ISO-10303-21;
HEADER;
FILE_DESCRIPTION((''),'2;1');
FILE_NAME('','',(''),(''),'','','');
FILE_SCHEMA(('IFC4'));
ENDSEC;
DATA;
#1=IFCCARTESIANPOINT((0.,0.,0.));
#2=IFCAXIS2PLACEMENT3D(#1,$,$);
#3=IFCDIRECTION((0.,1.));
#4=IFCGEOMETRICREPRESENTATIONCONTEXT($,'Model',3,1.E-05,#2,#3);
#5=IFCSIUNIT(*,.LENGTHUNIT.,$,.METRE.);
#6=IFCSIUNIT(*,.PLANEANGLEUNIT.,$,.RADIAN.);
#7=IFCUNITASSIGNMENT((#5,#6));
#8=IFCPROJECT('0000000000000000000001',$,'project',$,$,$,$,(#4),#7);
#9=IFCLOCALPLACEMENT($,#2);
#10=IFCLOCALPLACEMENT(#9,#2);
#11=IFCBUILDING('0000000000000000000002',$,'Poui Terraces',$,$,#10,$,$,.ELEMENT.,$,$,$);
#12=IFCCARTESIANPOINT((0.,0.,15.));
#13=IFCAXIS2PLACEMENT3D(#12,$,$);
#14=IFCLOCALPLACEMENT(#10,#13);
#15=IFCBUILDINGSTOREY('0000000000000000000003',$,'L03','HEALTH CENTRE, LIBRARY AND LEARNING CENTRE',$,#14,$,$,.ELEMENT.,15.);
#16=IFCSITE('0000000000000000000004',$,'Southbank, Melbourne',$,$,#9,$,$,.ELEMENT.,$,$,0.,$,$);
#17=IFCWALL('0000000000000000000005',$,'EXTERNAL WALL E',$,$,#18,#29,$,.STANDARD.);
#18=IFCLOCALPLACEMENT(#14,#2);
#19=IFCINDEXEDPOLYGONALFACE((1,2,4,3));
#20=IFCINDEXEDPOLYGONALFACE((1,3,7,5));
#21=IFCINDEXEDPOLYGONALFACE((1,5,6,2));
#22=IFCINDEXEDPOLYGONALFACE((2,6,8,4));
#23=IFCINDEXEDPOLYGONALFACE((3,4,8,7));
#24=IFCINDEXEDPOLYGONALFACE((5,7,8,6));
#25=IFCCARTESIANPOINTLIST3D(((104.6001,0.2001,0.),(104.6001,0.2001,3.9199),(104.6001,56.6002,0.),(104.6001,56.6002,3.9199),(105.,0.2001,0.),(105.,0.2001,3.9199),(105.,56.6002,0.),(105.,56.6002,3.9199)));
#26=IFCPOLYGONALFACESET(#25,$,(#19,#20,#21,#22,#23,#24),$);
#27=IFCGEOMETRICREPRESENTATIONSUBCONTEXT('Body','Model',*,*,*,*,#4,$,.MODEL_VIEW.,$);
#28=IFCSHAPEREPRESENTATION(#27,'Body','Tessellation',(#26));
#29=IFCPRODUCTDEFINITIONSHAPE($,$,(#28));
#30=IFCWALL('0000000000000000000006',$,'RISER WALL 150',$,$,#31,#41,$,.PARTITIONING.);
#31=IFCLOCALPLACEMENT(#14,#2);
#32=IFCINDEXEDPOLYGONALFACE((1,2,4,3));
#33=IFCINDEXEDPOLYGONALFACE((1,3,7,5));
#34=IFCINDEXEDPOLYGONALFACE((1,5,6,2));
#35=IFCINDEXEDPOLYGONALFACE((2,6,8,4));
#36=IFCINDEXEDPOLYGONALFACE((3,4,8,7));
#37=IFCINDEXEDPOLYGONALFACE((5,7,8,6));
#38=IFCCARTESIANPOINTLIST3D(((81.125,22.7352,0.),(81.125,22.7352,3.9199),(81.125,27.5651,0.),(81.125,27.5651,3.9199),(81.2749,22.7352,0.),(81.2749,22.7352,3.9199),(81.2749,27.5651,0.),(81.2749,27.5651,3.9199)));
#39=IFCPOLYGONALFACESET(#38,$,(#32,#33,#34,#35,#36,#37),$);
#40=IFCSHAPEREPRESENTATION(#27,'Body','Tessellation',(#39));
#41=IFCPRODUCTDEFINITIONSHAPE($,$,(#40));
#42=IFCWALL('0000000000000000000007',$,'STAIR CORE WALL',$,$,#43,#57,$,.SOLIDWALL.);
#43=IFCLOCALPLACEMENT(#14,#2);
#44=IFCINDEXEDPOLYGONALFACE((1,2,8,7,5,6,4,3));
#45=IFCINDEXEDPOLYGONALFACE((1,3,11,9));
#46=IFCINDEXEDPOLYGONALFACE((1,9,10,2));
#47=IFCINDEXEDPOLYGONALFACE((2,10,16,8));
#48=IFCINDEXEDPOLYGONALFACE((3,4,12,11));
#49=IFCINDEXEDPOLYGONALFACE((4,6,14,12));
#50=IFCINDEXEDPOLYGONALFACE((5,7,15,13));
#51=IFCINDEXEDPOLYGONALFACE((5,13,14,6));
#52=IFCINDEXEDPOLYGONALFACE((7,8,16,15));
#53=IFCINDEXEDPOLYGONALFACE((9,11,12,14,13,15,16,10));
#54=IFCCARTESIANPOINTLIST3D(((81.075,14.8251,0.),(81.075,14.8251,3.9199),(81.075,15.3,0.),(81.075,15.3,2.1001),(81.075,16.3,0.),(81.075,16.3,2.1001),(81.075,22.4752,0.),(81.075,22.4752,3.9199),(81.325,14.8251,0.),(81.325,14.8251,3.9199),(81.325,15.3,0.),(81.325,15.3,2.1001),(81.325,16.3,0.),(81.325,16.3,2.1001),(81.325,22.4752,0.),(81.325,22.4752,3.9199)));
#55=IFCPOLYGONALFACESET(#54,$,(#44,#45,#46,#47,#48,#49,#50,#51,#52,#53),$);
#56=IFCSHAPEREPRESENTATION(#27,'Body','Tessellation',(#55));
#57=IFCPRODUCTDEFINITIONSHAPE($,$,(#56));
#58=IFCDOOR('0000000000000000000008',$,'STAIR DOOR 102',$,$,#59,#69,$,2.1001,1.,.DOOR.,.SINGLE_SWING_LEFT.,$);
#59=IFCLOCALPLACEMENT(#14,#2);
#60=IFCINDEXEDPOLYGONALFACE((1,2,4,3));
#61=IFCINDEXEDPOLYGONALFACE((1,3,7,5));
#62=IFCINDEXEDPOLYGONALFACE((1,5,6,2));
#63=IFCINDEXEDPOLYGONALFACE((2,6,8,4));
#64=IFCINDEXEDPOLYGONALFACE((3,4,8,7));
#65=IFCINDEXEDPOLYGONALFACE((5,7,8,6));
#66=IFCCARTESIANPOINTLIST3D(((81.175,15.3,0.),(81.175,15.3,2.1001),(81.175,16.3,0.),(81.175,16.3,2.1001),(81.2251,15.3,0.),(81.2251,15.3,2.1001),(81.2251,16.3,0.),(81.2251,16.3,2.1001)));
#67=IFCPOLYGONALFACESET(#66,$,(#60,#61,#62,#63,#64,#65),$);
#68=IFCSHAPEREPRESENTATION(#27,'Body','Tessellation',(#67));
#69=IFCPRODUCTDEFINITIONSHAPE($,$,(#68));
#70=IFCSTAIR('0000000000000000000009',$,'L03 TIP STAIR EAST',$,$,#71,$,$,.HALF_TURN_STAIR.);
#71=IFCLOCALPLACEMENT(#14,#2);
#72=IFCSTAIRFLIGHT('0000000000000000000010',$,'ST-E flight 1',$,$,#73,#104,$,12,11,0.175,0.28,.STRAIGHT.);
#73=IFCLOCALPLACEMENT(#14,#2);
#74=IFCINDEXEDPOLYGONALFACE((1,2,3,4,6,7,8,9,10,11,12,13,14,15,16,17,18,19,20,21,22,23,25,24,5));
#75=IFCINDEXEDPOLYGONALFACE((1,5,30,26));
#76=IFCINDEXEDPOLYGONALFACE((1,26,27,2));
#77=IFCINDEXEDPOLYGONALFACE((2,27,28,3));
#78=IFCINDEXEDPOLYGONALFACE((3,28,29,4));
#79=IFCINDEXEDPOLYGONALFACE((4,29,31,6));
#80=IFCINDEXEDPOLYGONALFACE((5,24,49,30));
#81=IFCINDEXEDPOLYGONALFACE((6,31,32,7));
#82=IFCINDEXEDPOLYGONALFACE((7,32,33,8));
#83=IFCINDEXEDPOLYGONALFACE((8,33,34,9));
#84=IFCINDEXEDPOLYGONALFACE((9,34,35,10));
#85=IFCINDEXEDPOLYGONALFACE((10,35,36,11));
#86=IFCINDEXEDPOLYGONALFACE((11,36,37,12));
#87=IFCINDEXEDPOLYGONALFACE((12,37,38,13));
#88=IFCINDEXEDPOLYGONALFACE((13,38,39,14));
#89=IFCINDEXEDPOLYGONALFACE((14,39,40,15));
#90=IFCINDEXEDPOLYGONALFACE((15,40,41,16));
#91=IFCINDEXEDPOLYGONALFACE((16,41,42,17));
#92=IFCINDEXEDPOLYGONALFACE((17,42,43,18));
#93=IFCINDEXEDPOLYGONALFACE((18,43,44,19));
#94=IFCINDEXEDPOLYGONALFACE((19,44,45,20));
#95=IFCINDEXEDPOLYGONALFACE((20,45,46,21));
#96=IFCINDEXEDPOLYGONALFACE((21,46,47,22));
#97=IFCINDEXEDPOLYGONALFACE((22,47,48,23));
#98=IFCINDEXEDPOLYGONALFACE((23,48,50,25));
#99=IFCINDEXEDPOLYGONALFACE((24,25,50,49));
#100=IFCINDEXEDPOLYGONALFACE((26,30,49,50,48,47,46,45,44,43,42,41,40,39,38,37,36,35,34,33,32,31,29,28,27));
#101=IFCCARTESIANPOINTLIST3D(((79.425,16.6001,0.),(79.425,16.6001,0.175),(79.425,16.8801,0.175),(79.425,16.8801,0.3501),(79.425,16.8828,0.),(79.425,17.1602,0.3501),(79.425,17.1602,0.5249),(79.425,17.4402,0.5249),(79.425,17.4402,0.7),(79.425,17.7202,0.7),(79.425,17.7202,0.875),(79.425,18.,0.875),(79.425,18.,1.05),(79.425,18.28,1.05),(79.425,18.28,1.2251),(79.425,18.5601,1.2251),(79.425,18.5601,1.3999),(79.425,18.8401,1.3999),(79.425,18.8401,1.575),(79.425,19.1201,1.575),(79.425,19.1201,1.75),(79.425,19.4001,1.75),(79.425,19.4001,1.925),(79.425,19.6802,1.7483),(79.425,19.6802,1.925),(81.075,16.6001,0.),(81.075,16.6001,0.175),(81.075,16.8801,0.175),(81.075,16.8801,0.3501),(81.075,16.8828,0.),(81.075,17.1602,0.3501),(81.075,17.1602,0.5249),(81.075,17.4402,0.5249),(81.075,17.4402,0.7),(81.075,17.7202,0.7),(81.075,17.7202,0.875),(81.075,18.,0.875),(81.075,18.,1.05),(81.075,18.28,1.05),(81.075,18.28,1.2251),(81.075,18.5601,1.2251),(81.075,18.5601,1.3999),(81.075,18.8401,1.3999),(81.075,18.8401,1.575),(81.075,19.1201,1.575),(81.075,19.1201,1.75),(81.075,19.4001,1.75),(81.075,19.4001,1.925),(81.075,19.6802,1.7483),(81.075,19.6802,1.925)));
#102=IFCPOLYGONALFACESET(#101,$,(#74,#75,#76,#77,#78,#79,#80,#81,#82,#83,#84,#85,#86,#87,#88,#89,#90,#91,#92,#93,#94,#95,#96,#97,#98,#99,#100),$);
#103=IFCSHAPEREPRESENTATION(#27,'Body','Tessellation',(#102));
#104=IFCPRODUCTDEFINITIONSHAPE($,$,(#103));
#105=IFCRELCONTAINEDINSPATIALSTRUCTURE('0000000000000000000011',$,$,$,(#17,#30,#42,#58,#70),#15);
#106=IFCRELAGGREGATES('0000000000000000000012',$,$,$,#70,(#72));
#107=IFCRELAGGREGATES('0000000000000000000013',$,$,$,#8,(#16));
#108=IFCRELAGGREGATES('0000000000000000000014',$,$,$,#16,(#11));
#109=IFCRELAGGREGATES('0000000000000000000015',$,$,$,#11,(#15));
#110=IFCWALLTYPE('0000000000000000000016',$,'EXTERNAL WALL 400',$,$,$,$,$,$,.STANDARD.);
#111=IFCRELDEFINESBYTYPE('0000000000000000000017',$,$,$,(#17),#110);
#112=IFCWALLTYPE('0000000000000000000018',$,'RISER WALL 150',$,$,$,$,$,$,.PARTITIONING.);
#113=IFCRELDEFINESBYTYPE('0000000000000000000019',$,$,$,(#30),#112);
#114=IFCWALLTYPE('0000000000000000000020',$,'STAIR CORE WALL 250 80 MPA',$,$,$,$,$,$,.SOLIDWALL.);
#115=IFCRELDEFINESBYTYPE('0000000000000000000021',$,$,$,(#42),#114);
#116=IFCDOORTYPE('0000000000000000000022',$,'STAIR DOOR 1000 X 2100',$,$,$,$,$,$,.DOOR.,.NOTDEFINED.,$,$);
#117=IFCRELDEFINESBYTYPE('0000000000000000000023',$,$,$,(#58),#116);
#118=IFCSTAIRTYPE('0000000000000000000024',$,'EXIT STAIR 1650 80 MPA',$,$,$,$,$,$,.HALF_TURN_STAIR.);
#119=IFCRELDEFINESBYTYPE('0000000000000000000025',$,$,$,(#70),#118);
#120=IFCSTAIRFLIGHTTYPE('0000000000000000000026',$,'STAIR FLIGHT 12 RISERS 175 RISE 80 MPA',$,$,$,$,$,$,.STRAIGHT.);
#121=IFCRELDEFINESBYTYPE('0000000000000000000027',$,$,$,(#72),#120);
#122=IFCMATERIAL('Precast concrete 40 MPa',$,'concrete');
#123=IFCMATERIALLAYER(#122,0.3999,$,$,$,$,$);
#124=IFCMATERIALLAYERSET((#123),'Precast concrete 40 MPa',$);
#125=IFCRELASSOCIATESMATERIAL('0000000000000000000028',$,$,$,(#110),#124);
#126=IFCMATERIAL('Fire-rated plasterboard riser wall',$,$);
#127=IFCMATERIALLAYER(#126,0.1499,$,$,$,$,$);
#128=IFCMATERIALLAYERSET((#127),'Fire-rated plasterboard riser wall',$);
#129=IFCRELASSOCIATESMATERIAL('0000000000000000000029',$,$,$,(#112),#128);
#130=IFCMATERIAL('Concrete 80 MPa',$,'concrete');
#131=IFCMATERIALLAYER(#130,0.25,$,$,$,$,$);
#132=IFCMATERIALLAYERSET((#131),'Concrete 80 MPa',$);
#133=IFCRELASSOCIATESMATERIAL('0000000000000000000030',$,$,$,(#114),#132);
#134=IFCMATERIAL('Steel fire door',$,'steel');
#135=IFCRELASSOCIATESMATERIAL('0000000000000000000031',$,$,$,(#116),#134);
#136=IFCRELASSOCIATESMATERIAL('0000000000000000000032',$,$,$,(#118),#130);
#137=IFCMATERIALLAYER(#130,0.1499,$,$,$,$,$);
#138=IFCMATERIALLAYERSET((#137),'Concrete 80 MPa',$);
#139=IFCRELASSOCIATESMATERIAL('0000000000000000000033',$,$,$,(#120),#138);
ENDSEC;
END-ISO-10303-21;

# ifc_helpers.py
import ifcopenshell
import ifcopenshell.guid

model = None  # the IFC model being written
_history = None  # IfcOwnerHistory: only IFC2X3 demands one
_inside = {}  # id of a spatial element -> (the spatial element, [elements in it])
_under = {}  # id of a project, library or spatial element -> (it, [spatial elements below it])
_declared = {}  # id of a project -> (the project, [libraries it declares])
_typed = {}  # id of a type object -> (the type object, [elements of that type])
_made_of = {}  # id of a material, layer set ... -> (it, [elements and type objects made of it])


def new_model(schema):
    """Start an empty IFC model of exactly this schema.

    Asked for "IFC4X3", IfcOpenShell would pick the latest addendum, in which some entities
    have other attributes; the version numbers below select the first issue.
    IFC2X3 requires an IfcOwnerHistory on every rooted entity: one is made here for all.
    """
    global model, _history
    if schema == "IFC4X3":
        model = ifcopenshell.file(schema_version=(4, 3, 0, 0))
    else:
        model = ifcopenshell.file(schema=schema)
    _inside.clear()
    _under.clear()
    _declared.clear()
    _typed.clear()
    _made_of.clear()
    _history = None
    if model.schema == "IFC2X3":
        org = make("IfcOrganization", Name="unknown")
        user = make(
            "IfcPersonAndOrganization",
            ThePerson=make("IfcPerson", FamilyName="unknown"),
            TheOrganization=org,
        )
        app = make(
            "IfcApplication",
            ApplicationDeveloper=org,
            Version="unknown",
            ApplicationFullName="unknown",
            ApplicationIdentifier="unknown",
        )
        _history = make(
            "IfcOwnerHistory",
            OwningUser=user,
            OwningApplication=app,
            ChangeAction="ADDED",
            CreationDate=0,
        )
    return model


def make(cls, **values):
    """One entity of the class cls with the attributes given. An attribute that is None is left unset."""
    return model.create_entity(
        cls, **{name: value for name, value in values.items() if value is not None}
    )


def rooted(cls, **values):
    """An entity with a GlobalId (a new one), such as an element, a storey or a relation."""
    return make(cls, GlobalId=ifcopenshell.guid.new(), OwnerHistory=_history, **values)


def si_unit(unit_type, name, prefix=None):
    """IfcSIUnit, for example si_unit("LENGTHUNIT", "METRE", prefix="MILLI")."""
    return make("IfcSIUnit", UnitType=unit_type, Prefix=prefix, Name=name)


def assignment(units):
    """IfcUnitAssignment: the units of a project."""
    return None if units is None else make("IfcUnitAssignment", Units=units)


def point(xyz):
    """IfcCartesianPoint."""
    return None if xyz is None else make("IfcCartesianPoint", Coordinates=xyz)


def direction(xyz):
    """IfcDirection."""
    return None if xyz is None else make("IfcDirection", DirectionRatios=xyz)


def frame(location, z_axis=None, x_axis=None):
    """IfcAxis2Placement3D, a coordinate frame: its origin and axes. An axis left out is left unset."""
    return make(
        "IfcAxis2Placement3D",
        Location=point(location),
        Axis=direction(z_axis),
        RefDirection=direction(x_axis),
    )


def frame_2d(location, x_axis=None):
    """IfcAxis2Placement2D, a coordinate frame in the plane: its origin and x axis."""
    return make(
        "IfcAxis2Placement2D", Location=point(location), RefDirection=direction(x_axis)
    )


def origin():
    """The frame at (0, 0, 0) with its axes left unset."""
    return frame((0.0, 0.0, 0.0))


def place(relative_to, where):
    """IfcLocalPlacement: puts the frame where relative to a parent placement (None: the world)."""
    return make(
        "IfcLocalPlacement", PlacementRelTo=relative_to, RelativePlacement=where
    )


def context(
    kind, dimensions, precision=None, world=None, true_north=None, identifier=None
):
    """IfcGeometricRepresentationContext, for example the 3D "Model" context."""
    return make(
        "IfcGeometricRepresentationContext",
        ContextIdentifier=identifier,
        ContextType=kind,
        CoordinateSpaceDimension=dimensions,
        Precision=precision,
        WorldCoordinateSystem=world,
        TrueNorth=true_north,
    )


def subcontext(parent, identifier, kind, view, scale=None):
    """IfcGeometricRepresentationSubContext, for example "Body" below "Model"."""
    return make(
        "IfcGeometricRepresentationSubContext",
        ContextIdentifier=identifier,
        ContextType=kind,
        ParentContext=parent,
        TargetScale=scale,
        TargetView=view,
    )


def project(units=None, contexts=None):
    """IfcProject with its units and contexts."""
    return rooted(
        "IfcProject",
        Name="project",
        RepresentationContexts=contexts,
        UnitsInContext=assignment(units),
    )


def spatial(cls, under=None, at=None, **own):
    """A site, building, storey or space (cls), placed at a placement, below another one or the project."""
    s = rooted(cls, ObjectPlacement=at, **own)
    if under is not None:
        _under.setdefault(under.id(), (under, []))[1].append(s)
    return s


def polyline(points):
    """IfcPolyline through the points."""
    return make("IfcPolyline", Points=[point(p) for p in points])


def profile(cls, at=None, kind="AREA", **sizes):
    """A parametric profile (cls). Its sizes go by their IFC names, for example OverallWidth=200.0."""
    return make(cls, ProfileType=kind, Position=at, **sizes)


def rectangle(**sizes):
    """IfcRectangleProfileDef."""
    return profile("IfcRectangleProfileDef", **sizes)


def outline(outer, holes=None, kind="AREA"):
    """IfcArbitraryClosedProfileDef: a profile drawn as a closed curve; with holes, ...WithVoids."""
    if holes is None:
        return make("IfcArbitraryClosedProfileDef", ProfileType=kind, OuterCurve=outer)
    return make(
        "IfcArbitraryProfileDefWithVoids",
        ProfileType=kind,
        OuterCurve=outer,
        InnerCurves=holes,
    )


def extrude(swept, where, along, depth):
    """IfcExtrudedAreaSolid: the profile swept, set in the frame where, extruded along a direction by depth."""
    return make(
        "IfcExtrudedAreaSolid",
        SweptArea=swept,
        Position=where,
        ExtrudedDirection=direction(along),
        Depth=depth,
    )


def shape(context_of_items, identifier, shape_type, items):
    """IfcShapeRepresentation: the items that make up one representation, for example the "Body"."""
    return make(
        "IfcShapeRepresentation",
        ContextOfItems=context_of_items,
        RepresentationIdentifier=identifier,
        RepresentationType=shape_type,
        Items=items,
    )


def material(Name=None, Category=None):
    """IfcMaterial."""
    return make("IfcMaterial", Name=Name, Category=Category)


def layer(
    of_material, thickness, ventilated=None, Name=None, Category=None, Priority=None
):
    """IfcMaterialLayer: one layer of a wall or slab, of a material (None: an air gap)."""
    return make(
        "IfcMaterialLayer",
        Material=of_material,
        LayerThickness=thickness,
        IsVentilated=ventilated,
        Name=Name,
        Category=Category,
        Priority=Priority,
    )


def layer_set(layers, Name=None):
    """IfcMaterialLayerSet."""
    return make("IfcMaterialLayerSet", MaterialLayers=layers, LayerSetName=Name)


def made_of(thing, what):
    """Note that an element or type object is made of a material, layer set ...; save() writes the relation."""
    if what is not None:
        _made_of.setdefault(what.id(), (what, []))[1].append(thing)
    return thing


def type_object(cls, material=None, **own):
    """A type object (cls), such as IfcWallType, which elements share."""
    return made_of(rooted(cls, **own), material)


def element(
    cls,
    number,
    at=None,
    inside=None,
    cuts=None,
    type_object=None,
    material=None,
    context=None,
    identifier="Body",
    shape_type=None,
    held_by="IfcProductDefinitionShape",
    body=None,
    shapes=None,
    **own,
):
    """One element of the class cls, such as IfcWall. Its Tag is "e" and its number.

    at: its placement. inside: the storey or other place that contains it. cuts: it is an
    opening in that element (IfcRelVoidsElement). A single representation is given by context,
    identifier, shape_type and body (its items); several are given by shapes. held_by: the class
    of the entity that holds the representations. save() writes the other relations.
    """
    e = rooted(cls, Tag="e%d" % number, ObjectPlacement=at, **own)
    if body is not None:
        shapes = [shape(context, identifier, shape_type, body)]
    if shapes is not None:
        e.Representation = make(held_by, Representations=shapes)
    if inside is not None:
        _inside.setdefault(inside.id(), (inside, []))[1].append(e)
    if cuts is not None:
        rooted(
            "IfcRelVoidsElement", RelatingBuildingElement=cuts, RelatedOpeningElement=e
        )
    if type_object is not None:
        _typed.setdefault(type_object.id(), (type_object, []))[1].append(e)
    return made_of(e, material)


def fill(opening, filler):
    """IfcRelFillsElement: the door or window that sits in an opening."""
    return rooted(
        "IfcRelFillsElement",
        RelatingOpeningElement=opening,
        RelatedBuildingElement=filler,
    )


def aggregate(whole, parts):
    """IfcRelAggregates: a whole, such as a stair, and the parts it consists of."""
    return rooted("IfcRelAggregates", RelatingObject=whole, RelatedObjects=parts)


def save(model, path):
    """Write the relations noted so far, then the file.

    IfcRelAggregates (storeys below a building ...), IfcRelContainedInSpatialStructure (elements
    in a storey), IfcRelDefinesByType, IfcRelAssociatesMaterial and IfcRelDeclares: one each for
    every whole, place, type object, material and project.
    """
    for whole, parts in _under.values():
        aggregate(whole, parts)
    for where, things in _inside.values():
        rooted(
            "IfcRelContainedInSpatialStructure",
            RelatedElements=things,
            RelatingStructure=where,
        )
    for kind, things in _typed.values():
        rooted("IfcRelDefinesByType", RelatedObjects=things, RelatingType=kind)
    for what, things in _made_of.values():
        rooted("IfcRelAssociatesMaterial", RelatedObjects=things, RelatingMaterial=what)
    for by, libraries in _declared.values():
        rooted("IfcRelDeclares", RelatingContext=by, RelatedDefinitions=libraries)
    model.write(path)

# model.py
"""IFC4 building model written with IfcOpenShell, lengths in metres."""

from ifc_helpers import new_model, si_unit, direction, frame, frame_2d, origin, place, context, subcontext, project, spatial, polyline, rectangle, outline, extrude, material, layer, layer_set, type_object, element, fill, aggregate, save


model = new_model("IFC4")

# Units and contexts
model_context = context("Model", 3, precision=1e-05, world=origin(), true_north=direction((0.0, 1.0)))
body_context = subcontext(model_context, "Body", "Model", "MODEL_VIEW")
ifc_project = project(units=[si_unit("LENGTHUNIT", "METRE"), si_unit("PLANEANGLEUNIT", "RADIAN")], contexts=[model_context])

# Site, building, storey
site_placement = place(None, origin())
site = spatial("IfcSite", under=ifc_project, at=site_placement, Name="Southbank, Melbourne", CompositionType="ELEMENT", RefElevation=0.0)
building_placement = place(site_placement, origin())
building = spatial("IfcBuilding", under=site, at=building_placement, Name="Poui Terraces", CompositionType="ELEMENT")
storey_placement = place(building_placement, frame((0.0, 0.0, 15.0)))
storey = spatial("IfcBuildingStorey", under=building, at=storey_placement, Name="L03", Description="HEALTH CENTRE, LIBRARY AND LEARNING CENTRE", CompositionType="ELEMENT", Elevation=15.0)

# Shared definitions
ifc_material_1 = material(Name="Concrete 80 MPa", Category="concrete")

# Shared definitions
ifc_material_2 = material(Name="Steel fire door", Category="steel")

# Walls
ifc_material_3 = material(Name="Precast concrete 40 MPa", Category="concrete")
ifc_layer_1 = layer(ifc_material_3, 0.3999)
ifc_layer_set_1 = layer_set([ifc_layer_1], Name="Precast concrete 40 MPa")
wall_type_1 = type_object("IfcWallType", Name="EXTERNAL WALL 400", PredefinedType="STANDARD", material=ifc_layer_set_1)
wall_1_placement = place(storey_placement, frame((104.8, 0.2, 0.0), z_axis=(0.0, 0.0, 1.0), x_axis=(0.0, 1.0, 0.0)))
element("IfcWall", 1, at=wall_1_placement, inside=storey, type_object=wall_type_1, Name="EXTERNAL WALL E", PredefinedType="STANDARD", context=body_context, shape_type="SweptSolid", body=[
    extrude(rectangle(XDim=56.4001, YDim=0.3999, at=frame_2d((28.2002, 0.0))), origin(), (0.0, 0.0, 1.0), 3.9199),
])
ifc_material_4 = material(Name="Fire-rated plasterboard riser wall")
ifc_layer_2 = layer(ifc_material_4, 0.1499)
ifc_layer_set_2 = layer_set([ifc_layer_2], Name="Fire-rated plasterboard riser wall")
wall_type_2 = type_object("IfcWallType", Name="RISER WALL 150", PredefinedType="PARTITIONING", material=ifc_layer_set_2)
wall_2_placement = place(storey_placement, frame((81.2, 22.7351, 0.0), z_axis=(0.0, 0.0, 1.0), x_axis=(0.0, 1.0, 0.0)))
element("IfcWall", 2, at=wall_2_placement, inside=storey, type_object=wall_type_2, Name="RISER WALL 150", PredefinedType="PARTITIONING", context=body_context, shape_type="SweptSolid", body=[
    extrude(rectangle(XDim=4.8298, YDim=0.1499, at=frame_2d((2.415, 0.0))), origin(), (0.0, 0.0, 1.0), 3.9199),
])

# Wall, opening, door
ifc_layer_3 = layer(ifc_material_1, 0.25)
ifc_layer_set_3 = layer_set([ifc_layer_3], Name="Concrete 80 MPa")
wall_type_3 = type_object("IfcWallType", Name="STAIR CORE WALL 250 80 MPA", PredefinedType="SOLIDWALL", material=ifc_layer_set_3)
wall_3_placement = place(storey_placement, frame((81.2, 14.825, 0.0), z_axis=(0.0, 0.0, 1.0), x_axis=(0.0, 1.0, 0.0)))
wall_3 = element("IfcWall", 3, at=wall_3_placement, inside=storey, type_object=wall_type_3, Name="STAIR CORE WALL", PredefinedType="SOLIDWALL", context=body_context, shape_type="SweptSolid", body=[
    extrude(rectangle(XDim=7.6501, YDim=0.25, at=frame_2d((3.8252, 0.0))), origin(), (0.0, 0.0, 1.0), 3.9199),
])
opening_1_placement = place(wall_3_placement, frame((0.4751, 0.0, 0.0)))
opening_1 = element("IfcOpeningElement", 4, at=opening_1_placement, cuts=wall_3, PredefinedType="OPENING", context=body_context, shape_type="SweptSolid", body=[
    extrude(rectangle(XDim=1.0, YDim=2.1001, at=frame_2d((0.5, 1.05))), frame((0.0, 0.135, 0.0), z_axis=(0.0, -1.0, 0.0), x_axis=(1.0, 0.0, 0.0)), (0.0, 0.0, 1.0), 0.27),
])
door_type_1 = type_object("IfcDoorType", Name="STAIR DOOR 1000 X 2100", OperationType="NOTDEFINED", PredefinedType="DOOR", material=ifc_material_2)
door_1_placement = place(opening_1_placement, origin())
door_1 = element("IfcDoor", 5, at=door_1_placement, inside=storey, type_object=door_type_1, Name="STAIR DOOR 102", OperationType="SINGLE_SWING_LEFT", OverallHeight=2.1001, OverallWidth=1.0, PredefinedType="DOOR", context=body_context, shape_type="SweptSolid", body=[
    extrude(rectangle(XDim=1.0, YDim=2.1001, at=frame_2d((0.5, 1.05))), frame((0.0, 0.0249, 0.0), z_axis=(0.0, -1.0, 0.0), x_axis=(1.0, 0.0, 0.0)), (0.0, 0.0, 1.0), 0.05),
])
fill(opening_1, door_1)

# Stair, stair flight
stair_type = type_object("IfcStairType", Name="EXIT STAIR 1650 80 MPA", PredefinedType="HALF_TURN_STAIR", material=ifc_material_1)
stair_placement = place(storey_placement, origin())
stair = element("IfcStair", 6, at=stair_placement, inside=storey, type_object=stair_type, Name="L03 TIP STAIR EAST", PredefinedType="HALF_TURN_STAIR")
ifc_layer_4 = layer(ifc_material_1, 0.1499)
ifc_layer_set_4 = layer_set([ifc_layer_4], Name="Concrete 80 MPa")
stair_flight_type = type_object("IfcStairFlightType", Name="STAIR FLIGHT 12 RISERS 175 RISE 80 MPA", PredefinedType="STRAIGHT", material=ifc_layer_set_4)
stair_flight_placement = place(storey_placement, frame((80.25, 16.6001, 0.0), z_axis=(0.0, 0.0, 1.0), x_axis=(0.0, 1.0, 0.0)))
stair_flight = element("IfcStairFlight", 7, at=stair_flight_placement, type_object=stair_flight_type, Name="ST-E flight 1", NumberOfRisers=12, NumberOfTreads=11, PredefinedType="STRAIGHT", RiserHeight=0.175, TreadLength=0.28, context=body_context, shape_type="SweptSolid", body=[
    extrude(outline(polyline([(0.0, 0.0), (0.0, 0.175), (0.28, 0.175), (0.28, 0.3501), (0.5601, 0.3501), (0.5601, 0.5249), (0.8401, 0.5249), (0.8401, 0.7), (1.1201, 0.7), (1.1201, 0.875), (1.3999, 0.875), (1.3999, 1.05), (1.6799, 1.05), (1.6799, 1.2251), (1.96, 1.2251), (1.96, 1.3999), (2.24, 1.3999), (2.24, 1.575), (2.52, 1.575), (2.52, 1.75), (2.8, 1.75), (2.8, 1.925), (3.0801, 1.925), (3.0801, 2.1001), (3.0801, 1.7483), (0.2827, 0.0), (0.0, 0.0)])), frame((0.0, 0.825, 0.0), z_axis=(0.0, -1.0, 0.0), x_axis=(1.0, 0.0, 0.0)), (0.0, 0.0, 1.0), 1.6499),
])
aggregate(stair, [stair_flight])

save(model, "model.ifc")
